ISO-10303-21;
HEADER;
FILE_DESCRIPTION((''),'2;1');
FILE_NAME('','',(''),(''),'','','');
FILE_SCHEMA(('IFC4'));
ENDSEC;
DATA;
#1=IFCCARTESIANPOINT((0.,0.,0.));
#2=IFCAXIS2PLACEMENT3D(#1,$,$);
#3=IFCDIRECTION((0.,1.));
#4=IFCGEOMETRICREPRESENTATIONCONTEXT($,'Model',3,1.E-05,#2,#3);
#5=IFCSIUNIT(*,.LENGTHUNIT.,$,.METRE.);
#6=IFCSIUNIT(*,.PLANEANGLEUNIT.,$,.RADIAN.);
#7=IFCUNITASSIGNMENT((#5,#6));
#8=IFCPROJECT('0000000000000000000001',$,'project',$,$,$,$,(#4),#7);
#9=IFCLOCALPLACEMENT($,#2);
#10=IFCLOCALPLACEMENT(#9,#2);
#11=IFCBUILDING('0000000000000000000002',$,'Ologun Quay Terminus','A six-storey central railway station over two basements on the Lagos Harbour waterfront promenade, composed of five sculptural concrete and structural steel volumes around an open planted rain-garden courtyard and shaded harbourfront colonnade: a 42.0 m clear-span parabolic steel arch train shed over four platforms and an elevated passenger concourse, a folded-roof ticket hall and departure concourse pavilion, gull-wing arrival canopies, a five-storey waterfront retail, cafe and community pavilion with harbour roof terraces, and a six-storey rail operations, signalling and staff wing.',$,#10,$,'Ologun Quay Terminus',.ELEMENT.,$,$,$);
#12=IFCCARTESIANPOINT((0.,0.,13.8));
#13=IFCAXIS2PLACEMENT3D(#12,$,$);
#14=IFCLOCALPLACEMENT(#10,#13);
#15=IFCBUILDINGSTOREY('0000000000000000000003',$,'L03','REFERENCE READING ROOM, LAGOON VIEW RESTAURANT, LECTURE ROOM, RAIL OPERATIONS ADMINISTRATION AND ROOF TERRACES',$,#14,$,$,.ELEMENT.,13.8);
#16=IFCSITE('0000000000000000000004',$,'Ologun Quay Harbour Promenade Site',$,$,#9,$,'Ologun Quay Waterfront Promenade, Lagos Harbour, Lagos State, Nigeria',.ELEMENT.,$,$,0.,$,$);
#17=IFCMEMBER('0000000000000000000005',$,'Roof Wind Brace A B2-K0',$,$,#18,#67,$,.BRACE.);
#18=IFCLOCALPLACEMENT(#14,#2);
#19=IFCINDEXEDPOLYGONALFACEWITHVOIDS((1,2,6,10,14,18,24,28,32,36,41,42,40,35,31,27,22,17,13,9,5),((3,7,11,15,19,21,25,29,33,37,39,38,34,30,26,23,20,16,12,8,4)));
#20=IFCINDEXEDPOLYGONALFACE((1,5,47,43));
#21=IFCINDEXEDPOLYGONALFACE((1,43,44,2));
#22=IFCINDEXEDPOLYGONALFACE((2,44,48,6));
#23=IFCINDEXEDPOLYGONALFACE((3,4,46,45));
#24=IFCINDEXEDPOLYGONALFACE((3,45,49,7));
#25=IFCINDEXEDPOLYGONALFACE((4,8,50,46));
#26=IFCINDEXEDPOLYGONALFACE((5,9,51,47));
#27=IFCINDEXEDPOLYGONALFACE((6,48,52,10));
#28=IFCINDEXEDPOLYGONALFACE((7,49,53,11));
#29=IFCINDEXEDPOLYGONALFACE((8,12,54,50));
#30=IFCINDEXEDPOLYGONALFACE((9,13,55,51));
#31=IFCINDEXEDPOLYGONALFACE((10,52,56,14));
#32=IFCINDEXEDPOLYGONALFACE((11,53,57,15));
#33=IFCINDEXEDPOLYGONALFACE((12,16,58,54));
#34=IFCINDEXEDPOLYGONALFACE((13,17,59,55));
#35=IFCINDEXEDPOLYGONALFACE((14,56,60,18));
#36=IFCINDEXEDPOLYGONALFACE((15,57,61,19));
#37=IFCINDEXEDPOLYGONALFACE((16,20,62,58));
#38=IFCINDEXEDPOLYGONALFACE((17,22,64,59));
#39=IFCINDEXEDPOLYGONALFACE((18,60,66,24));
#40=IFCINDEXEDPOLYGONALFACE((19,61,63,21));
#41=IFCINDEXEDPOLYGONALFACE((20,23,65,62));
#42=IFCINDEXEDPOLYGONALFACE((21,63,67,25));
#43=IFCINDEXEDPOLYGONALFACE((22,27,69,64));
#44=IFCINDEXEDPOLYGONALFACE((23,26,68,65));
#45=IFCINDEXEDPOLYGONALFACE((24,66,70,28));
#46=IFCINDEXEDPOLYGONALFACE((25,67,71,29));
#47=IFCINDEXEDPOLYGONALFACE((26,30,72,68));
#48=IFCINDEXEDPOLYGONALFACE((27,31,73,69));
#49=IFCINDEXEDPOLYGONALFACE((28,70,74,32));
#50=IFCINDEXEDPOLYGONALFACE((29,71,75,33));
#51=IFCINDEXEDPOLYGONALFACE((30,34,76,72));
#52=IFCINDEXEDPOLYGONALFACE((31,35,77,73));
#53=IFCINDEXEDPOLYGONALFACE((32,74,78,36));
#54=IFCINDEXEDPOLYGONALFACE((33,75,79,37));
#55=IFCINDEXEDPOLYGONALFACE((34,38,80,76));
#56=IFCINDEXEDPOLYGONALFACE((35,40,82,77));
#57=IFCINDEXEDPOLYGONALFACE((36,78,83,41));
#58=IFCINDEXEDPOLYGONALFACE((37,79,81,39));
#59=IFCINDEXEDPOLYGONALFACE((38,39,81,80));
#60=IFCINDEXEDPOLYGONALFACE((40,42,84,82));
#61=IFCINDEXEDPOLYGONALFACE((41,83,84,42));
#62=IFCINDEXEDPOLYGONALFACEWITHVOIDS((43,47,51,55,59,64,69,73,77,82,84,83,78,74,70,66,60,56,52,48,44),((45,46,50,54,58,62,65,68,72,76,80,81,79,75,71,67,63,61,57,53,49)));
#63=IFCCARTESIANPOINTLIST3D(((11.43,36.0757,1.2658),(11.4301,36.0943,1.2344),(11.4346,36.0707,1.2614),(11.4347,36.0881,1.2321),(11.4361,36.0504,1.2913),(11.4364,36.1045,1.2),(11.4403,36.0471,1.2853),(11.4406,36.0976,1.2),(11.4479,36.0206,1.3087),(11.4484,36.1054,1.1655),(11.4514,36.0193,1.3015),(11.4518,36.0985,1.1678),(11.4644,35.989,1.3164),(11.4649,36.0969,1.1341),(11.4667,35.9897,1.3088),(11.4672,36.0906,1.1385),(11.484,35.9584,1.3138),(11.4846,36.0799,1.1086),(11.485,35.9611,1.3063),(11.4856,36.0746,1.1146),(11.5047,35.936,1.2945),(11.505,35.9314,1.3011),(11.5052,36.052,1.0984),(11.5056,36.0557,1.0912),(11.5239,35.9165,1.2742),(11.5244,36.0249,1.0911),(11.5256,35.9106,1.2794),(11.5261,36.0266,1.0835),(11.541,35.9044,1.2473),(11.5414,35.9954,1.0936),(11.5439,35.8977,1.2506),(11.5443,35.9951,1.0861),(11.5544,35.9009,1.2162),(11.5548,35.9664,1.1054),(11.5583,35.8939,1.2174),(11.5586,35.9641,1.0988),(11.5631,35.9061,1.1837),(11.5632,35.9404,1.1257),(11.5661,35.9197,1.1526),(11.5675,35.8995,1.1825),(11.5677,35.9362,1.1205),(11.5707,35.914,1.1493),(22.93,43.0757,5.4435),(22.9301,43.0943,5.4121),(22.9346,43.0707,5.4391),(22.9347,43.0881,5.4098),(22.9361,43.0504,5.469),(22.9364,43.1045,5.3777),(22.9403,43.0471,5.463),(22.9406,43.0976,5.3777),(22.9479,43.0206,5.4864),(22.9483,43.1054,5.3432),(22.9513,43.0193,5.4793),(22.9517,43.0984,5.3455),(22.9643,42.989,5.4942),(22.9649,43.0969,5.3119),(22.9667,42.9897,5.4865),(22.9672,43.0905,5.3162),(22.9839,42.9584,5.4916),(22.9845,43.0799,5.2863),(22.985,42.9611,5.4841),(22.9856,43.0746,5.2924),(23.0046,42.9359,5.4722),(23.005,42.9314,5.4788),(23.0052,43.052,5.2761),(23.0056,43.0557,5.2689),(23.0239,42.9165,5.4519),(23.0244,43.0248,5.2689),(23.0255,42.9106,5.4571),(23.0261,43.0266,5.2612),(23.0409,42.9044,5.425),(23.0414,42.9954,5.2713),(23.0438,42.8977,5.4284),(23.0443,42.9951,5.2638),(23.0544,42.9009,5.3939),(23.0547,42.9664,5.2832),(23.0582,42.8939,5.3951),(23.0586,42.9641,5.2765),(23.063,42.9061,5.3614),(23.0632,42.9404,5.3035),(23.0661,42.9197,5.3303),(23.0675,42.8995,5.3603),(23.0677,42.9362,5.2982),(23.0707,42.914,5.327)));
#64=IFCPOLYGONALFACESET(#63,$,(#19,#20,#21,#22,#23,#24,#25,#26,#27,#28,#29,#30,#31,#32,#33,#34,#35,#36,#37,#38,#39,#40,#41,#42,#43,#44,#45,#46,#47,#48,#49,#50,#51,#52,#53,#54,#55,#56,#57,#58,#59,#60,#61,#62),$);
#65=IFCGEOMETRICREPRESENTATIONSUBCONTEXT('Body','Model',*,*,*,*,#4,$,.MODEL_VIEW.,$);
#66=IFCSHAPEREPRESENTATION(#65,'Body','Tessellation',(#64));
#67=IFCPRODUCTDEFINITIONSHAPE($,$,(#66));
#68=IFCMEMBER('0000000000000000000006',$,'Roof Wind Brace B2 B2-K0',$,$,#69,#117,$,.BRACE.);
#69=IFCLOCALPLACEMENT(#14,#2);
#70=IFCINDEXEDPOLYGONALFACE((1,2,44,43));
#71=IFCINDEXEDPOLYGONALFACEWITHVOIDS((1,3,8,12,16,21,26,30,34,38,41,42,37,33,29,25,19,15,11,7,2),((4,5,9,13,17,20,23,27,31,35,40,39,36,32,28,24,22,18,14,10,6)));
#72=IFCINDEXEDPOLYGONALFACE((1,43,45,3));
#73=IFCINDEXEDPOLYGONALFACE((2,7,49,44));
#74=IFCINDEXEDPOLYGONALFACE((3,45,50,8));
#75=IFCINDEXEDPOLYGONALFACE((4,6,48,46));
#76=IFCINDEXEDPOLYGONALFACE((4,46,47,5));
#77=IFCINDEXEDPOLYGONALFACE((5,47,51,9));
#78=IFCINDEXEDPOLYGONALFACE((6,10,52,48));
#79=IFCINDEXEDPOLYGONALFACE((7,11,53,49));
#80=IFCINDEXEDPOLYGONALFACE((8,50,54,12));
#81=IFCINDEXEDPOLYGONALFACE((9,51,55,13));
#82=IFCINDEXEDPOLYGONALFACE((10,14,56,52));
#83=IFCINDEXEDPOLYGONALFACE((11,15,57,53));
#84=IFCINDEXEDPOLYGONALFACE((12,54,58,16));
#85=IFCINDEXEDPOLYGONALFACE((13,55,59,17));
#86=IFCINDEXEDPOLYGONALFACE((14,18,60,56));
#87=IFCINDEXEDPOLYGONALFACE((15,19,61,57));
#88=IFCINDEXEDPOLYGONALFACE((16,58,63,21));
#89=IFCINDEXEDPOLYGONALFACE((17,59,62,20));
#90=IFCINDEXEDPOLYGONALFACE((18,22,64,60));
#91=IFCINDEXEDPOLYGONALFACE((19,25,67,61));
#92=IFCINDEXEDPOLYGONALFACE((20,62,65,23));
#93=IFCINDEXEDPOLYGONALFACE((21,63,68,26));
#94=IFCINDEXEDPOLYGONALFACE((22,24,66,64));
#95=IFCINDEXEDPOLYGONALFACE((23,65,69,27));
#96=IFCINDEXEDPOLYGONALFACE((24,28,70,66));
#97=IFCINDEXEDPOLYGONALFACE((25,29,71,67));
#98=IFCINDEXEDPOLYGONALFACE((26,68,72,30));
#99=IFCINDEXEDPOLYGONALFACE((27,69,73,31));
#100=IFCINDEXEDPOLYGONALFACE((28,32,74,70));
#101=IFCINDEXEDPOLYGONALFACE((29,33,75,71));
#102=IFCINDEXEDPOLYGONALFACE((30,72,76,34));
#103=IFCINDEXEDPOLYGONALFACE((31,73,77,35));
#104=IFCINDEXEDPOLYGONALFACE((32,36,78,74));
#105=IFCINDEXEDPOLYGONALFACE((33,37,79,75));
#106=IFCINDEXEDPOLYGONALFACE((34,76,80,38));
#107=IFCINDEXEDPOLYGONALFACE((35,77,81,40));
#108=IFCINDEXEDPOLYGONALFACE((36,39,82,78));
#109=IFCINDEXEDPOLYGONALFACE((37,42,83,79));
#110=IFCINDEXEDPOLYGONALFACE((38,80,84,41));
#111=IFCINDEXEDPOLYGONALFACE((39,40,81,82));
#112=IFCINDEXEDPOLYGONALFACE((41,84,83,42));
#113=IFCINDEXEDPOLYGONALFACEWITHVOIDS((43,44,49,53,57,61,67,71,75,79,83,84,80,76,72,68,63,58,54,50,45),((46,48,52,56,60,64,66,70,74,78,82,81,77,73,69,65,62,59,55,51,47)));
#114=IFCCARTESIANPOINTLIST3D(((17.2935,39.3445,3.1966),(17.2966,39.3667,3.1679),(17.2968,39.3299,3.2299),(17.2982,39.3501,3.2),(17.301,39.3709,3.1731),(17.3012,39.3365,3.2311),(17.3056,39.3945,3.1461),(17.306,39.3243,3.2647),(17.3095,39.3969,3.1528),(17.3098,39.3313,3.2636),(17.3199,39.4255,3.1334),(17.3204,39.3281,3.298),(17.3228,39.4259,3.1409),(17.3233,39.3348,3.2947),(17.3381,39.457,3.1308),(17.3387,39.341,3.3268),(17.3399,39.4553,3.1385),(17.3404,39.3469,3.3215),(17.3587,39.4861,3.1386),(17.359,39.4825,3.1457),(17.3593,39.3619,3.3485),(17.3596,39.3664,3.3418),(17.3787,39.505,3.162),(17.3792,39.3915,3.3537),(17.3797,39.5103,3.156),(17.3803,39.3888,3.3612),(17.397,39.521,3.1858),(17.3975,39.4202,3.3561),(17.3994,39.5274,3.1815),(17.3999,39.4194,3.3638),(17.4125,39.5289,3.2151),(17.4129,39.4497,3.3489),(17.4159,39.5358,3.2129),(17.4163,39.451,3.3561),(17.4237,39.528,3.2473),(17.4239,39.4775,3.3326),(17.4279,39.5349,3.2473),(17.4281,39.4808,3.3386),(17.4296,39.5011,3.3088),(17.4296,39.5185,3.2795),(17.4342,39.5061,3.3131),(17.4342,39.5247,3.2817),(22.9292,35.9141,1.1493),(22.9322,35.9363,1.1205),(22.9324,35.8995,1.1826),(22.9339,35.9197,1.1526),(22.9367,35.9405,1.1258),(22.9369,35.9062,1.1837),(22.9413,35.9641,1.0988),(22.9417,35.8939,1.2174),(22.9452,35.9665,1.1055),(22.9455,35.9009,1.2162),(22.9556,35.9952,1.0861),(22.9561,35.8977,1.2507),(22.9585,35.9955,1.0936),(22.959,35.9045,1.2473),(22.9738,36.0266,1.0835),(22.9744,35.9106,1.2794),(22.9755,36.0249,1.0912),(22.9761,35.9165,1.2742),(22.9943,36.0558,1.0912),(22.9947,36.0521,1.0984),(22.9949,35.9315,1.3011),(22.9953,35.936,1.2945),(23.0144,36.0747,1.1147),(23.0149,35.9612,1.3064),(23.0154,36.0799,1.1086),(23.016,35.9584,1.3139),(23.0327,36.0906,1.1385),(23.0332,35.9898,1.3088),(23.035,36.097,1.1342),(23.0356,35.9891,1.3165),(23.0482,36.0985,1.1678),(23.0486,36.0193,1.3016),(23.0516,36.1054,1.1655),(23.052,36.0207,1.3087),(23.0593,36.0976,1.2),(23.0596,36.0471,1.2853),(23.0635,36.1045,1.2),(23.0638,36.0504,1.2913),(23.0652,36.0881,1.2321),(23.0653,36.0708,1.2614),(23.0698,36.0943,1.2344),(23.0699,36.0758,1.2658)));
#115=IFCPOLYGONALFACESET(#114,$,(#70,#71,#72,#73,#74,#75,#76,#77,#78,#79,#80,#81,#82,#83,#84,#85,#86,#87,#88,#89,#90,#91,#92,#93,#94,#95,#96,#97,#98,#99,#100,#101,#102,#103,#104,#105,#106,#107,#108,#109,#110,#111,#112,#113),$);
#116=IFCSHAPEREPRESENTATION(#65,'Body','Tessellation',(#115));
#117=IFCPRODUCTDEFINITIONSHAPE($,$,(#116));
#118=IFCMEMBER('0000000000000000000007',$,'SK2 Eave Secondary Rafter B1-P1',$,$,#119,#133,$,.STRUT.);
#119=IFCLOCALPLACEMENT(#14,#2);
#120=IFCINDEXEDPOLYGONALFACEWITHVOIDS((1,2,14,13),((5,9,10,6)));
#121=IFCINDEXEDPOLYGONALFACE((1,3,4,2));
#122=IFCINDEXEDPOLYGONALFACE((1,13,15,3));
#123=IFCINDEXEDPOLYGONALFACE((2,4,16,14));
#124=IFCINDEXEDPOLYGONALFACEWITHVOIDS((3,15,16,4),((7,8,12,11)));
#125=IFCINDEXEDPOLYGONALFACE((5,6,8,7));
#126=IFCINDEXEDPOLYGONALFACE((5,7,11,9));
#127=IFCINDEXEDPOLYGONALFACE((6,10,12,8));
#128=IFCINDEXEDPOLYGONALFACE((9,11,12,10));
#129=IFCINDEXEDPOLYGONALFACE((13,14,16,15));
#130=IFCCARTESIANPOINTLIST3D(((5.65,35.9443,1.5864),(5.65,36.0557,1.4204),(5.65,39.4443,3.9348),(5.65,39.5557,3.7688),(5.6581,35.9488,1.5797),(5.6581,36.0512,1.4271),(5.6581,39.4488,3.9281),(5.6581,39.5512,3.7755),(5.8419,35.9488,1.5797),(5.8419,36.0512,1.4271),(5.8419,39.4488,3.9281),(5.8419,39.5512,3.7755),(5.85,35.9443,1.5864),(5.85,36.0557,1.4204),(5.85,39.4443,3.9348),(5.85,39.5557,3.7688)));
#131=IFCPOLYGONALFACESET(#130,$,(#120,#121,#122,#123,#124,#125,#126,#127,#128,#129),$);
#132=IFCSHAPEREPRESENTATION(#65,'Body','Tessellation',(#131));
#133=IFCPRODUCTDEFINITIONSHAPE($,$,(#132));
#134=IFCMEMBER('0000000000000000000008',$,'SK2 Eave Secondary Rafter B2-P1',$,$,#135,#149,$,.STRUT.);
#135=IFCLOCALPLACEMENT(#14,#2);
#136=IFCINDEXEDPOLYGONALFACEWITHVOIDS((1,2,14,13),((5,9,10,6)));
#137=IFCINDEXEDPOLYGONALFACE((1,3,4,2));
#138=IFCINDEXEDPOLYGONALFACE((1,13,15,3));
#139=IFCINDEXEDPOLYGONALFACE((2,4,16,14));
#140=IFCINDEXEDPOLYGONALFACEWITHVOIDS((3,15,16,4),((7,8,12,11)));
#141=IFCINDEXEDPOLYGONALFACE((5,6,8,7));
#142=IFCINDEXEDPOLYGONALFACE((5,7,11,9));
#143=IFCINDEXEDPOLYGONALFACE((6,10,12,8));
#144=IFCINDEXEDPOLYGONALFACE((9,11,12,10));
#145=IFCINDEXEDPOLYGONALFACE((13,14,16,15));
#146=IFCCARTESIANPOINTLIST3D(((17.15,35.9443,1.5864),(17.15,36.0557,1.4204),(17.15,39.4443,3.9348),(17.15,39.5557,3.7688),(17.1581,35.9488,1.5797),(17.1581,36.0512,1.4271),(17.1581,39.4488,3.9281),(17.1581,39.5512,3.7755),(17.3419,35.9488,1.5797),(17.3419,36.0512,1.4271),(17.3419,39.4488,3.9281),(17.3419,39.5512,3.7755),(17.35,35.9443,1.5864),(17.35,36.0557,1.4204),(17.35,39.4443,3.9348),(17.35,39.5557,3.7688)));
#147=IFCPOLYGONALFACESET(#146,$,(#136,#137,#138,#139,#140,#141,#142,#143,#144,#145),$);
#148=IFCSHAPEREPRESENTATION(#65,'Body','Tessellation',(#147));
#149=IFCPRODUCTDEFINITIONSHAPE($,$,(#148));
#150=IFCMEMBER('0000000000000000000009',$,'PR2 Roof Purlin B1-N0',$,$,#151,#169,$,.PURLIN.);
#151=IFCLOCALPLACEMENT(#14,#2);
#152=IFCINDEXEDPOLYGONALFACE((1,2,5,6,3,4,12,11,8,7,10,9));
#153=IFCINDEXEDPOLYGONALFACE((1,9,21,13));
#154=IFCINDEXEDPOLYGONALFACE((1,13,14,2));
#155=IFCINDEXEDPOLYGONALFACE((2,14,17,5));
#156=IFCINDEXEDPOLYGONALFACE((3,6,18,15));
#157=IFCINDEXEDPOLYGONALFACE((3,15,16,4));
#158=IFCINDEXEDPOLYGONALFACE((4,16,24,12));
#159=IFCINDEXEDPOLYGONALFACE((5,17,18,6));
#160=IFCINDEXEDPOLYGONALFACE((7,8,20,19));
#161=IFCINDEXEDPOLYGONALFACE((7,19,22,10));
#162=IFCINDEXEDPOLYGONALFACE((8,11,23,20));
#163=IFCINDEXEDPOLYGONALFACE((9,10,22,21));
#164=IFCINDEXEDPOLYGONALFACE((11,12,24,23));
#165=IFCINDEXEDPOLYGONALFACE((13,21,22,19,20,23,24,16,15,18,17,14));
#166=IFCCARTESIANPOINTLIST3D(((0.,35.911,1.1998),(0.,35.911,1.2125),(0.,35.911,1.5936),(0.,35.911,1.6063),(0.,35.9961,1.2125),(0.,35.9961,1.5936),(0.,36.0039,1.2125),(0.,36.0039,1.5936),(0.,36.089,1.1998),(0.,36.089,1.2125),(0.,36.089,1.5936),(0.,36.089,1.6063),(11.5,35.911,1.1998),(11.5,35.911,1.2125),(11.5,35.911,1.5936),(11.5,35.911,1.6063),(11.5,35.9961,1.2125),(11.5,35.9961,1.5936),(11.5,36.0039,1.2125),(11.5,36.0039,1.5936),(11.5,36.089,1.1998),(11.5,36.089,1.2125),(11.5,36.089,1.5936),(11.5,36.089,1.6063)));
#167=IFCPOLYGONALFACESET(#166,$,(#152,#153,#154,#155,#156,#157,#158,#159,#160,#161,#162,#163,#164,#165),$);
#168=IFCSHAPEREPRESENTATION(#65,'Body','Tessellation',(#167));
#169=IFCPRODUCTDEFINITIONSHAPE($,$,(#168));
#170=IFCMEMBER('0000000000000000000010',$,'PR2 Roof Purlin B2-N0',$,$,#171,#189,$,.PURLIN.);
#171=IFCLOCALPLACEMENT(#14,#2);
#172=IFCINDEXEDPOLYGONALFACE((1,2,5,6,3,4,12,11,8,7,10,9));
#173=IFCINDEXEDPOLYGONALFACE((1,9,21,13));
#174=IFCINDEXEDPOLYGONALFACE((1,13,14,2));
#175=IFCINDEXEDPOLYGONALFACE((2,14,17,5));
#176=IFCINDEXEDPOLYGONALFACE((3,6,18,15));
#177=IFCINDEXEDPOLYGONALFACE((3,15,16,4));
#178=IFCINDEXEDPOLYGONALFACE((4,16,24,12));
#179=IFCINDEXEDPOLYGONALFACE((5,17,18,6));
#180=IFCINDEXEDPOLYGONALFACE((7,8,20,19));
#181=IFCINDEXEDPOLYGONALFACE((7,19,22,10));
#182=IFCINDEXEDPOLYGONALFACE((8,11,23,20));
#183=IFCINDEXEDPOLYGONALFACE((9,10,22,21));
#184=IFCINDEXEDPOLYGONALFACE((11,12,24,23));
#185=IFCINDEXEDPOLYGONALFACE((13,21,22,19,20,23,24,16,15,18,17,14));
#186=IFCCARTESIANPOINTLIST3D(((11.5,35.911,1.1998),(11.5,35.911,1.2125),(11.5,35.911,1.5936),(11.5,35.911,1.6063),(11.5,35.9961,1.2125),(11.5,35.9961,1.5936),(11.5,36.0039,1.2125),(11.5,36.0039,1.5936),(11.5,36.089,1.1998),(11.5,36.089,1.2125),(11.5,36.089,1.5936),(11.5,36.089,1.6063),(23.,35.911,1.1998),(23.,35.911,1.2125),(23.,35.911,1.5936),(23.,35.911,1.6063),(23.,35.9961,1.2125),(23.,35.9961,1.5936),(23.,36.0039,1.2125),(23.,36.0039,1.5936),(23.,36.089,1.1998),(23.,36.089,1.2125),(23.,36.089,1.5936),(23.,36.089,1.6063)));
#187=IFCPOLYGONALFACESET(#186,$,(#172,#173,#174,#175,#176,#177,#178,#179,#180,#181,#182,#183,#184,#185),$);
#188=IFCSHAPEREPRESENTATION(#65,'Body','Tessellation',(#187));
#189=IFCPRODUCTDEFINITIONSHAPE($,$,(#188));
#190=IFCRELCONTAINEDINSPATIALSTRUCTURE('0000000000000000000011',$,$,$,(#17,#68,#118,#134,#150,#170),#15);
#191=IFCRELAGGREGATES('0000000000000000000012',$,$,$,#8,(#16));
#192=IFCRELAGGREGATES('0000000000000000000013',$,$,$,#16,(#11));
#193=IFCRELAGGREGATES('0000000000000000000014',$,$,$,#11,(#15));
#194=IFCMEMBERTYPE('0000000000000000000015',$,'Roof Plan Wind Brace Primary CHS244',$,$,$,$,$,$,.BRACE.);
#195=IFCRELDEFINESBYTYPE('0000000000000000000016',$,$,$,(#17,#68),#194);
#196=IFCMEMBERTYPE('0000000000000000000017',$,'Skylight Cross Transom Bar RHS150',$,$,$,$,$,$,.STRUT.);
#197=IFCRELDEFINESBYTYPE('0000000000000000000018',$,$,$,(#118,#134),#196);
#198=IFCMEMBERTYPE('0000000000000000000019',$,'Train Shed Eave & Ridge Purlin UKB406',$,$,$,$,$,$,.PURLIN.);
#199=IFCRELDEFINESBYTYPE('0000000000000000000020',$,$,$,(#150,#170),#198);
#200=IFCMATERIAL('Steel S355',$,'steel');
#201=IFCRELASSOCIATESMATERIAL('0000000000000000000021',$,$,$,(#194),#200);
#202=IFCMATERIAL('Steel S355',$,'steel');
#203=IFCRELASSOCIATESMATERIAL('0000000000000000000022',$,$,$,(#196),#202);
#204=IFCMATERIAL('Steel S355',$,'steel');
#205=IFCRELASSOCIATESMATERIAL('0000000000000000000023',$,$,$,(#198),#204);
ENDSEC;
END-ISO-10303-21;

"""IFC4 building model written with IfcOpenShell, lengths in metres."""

from ifc_helpers import new_model, si_unit, direction, frame, origin, origin_2d, place, context, subcontext, project, spatial, hollow_rectangle, hollow_circle, i_section, extrude, material, material_profile, profile_set, type_object, element, save


model = new_model("IFC4")

# Units and contexts
model_context = context("Model", 3, precision=1e-05, world=origin(), true_north=direction((0.0, 1.0)))
body_context = subcontext(model_context, "Body", "Model", "MODEL_VIEW")
ifc_project = project(units=[si_unit("LENGTHUNIT", "METRE"), si_unit("PLANEANGLEUNIT", "RADIAN")], contexts=[model_context])

# Site, building, storey
site_placement = place(None, origin())
site = spatial("IfcSite", under=ifc_project, at=site_placement, Name="Ologun Quay Harbour Promenade Site", LongName="Ologun Quay Waterfront Promenade, Lagos Harbour, Lagos State, Nigeria", CompositionType="ELEMENT", RefElevation=0.0)
building_placement = place(site_placement, origin())
building = spatial("IfcBuilding", under=site, at=building_placement, Name="Ologun Quay Terminus", Description="A six-storey central railway station over two basements on the Lagos Harbour waterfront promenade, composed of five sculptural concrete and structural steel volumes around an open planted rain-garden courtyard and shaded harbourfront colonnade: a 42.0 m clear-span parabolic steel arch train shed over four platforms and an elevated passenger concourse, a folded-roof ticket hall and departure concourse pavilion, gull-wing arrival canopies, a five-storey waterfront retail, cafe and community pavilion with harbour roof terraces, and a six-storey rail operations, signalling and staff wing.", LongName="Ologun Quay Terminus", CompositionType="ELEMENT")
storey_placement = place(building_placement, frame((0.0, 0.0, 13.8)))
storey = spatial("IfcBuildingStorey", under=building, at=storey_placement, Name="L03", Description="REFERENCE READING ROOM, LAGOON VIEW RESTAURANT, LECTURE ROOM, RAIL OPERATIONS ADMINISTRATION AND ROOF TERRACES", CompositionType="ELEMENT", Elevation=13.8)

# Members
ifc_material_1 = material(Name="Steel S355", Category="steel")
ifc_material_profile_1 = material_profile(ifc_material_1, hollow_circle(Radius=0.1223, WallThickness=0.0081, at=origin_2d()), Name="CHS 244.5x8")
ifc_profile_set_1 = profile_set([ifc_material_profile_1], Name="Steel S355")
member_type_1 = type_object("IfcMemberType", Name="Roof Plan Wind Brace Primary CHS244", PredefinedType="BRACE", material=ifc_profile_set_1)
member_1_placement = place(storey_placement, frame((11.5, 36.0, 1.2), z_axis=(0.815821, 0.496587, 0.296373), x_axis=(-0.519947, 0.854199, 0.0)))
element("IfcMember", 1, at=member_1_placement, inside=storey, type_object=member_type_1, Name="Roof Wind Brace A B2-K0", PredefinedType="BRACE", context=body_context, shape_type="SweptSolid", body=[
    extrude(hollow_circle(Radius=0.1223, WallThickness=0.0081, at=origin_2d()), origin(), (0.0, 0.0, 1.0), 14.0962),
])
member_2_placement = place(storey_placement, frame((17.3643, 39.4304, 3.2473), z_axis=(0.815823, -0.496583, -0.296374), x_axis=(0.519943, 0.854201, 0.0)))
element("IfcMember", 2, at=member_2_placement, inside=storey, type_object=member_type_1, Name="Roof Wind Brace B2 B2-K0", PredefinedType="BRACE", context=body_context, shape_type="SweptSolid", body=[
    extrude(hollow_circle(Radius=0.1223, WallThickness=0.0081, at=origin_2d()), origin(), (0.0, 0.0, 1.0), 6.908),
])
ifc_material_2 = material(Name="Steel S355", Category="steel")
ifc_material_profile_2 = material_profile(ifc_material_2, hollow_rectangle(XDim=0.2, YDim=0.2, WallThickness=0.0081, at=origin_2d()), Name="SHS 200x200x8")
ifc_profile_set_2 = profile_set([ifc_material_profile_2], Name="Steel S355")
member_type_2 = type_object("IfcMemberType", Name="Skylight Cross Transom Bar RHS150", PredefinedType="STRUT", material=ifc_profile_set_2)
for number, where, z_axis, x_axis, name in (
    (3, (5.75, 36.0, 1.5034), (0.0, 0.830398, 0.557171), (-1.0, 0.0, 0.0), "SK2 Eave Secondary Rafter B1-P1"),
    (4, (17.25, 36.0, 1.5034), (0.0, 0.830398, 0.557171), (-1.0, 0.0, 0.0), "SK2 Eave Secondary Rafter B2-P1"),
):
    element("IfcMember", number, at=place(storey_placement, frame(where, z_axis=z_axis, x_axis=x_axis)), inside=storey, type_object=member_type_2, Name=name, PredefinedType="STRUT", context=body_context, shape_type="SweptSolid", body=[
        extrude(hollow_rectangle(XDim=0.2, YDim=0.2, WallThickness=0.0081, at=origin_2d()), origin(), (0.0, 0.0, 1.0), 4.2148),
    ])
ifc_material_3 = material(Name="Steel S355", Category="steel")
ifc_material_profile_3 = material_profile(ifc_material_3, i_section(OverallWidth=0.178, OverallDepth=0.4065, WebThickness=0.0078, FlangeThickness=0.0127, at=origin_2d()), Name="UKB 406x178x60")
ifc_profile_set_3 = profile_set([ifc_material_profile_3], Name="Steel S355")
member_type_3 = type_object("IfcMemberType", Name="Train Shed Eave & Ridge Purlin UKB406", PredefinedType="PURLIN", material=ifc_profile_set_3)
for number, where, z_axis, x_axis, name in (
    (5, (0.0, 36.0, 1.4031), (1.0, 0.0, 0.0), (0.0, 1.0, 0.0), "PR2 Roof Purlin B1-N0"),
    (6, (11.5, 36.0, 1.4031), (1.0, 0.0, 0.0), (0.0, 1.0, 0.0), "PR2 Roof Purlin B2-N0"),
):
    element("IfcMember", number, at=place(storey_placement, frame(where, z_axis=z_axis, x_axis=x_axis)), inside=storey, type_object=member_type_3, Name=name, PredefinedType="PURLIN", context=body_context, shape_type="SweptSolid", body=[
        extrude(i_section(OverallWidth=0.178, OverallDepth=0.4065, WebThickness=0.0078, FlangeThickness=0.0127, at=origin_2d()), origin(), (0.0, 0.0, 1.0), 11.5),
    ])

save(model, "model.ifc")
